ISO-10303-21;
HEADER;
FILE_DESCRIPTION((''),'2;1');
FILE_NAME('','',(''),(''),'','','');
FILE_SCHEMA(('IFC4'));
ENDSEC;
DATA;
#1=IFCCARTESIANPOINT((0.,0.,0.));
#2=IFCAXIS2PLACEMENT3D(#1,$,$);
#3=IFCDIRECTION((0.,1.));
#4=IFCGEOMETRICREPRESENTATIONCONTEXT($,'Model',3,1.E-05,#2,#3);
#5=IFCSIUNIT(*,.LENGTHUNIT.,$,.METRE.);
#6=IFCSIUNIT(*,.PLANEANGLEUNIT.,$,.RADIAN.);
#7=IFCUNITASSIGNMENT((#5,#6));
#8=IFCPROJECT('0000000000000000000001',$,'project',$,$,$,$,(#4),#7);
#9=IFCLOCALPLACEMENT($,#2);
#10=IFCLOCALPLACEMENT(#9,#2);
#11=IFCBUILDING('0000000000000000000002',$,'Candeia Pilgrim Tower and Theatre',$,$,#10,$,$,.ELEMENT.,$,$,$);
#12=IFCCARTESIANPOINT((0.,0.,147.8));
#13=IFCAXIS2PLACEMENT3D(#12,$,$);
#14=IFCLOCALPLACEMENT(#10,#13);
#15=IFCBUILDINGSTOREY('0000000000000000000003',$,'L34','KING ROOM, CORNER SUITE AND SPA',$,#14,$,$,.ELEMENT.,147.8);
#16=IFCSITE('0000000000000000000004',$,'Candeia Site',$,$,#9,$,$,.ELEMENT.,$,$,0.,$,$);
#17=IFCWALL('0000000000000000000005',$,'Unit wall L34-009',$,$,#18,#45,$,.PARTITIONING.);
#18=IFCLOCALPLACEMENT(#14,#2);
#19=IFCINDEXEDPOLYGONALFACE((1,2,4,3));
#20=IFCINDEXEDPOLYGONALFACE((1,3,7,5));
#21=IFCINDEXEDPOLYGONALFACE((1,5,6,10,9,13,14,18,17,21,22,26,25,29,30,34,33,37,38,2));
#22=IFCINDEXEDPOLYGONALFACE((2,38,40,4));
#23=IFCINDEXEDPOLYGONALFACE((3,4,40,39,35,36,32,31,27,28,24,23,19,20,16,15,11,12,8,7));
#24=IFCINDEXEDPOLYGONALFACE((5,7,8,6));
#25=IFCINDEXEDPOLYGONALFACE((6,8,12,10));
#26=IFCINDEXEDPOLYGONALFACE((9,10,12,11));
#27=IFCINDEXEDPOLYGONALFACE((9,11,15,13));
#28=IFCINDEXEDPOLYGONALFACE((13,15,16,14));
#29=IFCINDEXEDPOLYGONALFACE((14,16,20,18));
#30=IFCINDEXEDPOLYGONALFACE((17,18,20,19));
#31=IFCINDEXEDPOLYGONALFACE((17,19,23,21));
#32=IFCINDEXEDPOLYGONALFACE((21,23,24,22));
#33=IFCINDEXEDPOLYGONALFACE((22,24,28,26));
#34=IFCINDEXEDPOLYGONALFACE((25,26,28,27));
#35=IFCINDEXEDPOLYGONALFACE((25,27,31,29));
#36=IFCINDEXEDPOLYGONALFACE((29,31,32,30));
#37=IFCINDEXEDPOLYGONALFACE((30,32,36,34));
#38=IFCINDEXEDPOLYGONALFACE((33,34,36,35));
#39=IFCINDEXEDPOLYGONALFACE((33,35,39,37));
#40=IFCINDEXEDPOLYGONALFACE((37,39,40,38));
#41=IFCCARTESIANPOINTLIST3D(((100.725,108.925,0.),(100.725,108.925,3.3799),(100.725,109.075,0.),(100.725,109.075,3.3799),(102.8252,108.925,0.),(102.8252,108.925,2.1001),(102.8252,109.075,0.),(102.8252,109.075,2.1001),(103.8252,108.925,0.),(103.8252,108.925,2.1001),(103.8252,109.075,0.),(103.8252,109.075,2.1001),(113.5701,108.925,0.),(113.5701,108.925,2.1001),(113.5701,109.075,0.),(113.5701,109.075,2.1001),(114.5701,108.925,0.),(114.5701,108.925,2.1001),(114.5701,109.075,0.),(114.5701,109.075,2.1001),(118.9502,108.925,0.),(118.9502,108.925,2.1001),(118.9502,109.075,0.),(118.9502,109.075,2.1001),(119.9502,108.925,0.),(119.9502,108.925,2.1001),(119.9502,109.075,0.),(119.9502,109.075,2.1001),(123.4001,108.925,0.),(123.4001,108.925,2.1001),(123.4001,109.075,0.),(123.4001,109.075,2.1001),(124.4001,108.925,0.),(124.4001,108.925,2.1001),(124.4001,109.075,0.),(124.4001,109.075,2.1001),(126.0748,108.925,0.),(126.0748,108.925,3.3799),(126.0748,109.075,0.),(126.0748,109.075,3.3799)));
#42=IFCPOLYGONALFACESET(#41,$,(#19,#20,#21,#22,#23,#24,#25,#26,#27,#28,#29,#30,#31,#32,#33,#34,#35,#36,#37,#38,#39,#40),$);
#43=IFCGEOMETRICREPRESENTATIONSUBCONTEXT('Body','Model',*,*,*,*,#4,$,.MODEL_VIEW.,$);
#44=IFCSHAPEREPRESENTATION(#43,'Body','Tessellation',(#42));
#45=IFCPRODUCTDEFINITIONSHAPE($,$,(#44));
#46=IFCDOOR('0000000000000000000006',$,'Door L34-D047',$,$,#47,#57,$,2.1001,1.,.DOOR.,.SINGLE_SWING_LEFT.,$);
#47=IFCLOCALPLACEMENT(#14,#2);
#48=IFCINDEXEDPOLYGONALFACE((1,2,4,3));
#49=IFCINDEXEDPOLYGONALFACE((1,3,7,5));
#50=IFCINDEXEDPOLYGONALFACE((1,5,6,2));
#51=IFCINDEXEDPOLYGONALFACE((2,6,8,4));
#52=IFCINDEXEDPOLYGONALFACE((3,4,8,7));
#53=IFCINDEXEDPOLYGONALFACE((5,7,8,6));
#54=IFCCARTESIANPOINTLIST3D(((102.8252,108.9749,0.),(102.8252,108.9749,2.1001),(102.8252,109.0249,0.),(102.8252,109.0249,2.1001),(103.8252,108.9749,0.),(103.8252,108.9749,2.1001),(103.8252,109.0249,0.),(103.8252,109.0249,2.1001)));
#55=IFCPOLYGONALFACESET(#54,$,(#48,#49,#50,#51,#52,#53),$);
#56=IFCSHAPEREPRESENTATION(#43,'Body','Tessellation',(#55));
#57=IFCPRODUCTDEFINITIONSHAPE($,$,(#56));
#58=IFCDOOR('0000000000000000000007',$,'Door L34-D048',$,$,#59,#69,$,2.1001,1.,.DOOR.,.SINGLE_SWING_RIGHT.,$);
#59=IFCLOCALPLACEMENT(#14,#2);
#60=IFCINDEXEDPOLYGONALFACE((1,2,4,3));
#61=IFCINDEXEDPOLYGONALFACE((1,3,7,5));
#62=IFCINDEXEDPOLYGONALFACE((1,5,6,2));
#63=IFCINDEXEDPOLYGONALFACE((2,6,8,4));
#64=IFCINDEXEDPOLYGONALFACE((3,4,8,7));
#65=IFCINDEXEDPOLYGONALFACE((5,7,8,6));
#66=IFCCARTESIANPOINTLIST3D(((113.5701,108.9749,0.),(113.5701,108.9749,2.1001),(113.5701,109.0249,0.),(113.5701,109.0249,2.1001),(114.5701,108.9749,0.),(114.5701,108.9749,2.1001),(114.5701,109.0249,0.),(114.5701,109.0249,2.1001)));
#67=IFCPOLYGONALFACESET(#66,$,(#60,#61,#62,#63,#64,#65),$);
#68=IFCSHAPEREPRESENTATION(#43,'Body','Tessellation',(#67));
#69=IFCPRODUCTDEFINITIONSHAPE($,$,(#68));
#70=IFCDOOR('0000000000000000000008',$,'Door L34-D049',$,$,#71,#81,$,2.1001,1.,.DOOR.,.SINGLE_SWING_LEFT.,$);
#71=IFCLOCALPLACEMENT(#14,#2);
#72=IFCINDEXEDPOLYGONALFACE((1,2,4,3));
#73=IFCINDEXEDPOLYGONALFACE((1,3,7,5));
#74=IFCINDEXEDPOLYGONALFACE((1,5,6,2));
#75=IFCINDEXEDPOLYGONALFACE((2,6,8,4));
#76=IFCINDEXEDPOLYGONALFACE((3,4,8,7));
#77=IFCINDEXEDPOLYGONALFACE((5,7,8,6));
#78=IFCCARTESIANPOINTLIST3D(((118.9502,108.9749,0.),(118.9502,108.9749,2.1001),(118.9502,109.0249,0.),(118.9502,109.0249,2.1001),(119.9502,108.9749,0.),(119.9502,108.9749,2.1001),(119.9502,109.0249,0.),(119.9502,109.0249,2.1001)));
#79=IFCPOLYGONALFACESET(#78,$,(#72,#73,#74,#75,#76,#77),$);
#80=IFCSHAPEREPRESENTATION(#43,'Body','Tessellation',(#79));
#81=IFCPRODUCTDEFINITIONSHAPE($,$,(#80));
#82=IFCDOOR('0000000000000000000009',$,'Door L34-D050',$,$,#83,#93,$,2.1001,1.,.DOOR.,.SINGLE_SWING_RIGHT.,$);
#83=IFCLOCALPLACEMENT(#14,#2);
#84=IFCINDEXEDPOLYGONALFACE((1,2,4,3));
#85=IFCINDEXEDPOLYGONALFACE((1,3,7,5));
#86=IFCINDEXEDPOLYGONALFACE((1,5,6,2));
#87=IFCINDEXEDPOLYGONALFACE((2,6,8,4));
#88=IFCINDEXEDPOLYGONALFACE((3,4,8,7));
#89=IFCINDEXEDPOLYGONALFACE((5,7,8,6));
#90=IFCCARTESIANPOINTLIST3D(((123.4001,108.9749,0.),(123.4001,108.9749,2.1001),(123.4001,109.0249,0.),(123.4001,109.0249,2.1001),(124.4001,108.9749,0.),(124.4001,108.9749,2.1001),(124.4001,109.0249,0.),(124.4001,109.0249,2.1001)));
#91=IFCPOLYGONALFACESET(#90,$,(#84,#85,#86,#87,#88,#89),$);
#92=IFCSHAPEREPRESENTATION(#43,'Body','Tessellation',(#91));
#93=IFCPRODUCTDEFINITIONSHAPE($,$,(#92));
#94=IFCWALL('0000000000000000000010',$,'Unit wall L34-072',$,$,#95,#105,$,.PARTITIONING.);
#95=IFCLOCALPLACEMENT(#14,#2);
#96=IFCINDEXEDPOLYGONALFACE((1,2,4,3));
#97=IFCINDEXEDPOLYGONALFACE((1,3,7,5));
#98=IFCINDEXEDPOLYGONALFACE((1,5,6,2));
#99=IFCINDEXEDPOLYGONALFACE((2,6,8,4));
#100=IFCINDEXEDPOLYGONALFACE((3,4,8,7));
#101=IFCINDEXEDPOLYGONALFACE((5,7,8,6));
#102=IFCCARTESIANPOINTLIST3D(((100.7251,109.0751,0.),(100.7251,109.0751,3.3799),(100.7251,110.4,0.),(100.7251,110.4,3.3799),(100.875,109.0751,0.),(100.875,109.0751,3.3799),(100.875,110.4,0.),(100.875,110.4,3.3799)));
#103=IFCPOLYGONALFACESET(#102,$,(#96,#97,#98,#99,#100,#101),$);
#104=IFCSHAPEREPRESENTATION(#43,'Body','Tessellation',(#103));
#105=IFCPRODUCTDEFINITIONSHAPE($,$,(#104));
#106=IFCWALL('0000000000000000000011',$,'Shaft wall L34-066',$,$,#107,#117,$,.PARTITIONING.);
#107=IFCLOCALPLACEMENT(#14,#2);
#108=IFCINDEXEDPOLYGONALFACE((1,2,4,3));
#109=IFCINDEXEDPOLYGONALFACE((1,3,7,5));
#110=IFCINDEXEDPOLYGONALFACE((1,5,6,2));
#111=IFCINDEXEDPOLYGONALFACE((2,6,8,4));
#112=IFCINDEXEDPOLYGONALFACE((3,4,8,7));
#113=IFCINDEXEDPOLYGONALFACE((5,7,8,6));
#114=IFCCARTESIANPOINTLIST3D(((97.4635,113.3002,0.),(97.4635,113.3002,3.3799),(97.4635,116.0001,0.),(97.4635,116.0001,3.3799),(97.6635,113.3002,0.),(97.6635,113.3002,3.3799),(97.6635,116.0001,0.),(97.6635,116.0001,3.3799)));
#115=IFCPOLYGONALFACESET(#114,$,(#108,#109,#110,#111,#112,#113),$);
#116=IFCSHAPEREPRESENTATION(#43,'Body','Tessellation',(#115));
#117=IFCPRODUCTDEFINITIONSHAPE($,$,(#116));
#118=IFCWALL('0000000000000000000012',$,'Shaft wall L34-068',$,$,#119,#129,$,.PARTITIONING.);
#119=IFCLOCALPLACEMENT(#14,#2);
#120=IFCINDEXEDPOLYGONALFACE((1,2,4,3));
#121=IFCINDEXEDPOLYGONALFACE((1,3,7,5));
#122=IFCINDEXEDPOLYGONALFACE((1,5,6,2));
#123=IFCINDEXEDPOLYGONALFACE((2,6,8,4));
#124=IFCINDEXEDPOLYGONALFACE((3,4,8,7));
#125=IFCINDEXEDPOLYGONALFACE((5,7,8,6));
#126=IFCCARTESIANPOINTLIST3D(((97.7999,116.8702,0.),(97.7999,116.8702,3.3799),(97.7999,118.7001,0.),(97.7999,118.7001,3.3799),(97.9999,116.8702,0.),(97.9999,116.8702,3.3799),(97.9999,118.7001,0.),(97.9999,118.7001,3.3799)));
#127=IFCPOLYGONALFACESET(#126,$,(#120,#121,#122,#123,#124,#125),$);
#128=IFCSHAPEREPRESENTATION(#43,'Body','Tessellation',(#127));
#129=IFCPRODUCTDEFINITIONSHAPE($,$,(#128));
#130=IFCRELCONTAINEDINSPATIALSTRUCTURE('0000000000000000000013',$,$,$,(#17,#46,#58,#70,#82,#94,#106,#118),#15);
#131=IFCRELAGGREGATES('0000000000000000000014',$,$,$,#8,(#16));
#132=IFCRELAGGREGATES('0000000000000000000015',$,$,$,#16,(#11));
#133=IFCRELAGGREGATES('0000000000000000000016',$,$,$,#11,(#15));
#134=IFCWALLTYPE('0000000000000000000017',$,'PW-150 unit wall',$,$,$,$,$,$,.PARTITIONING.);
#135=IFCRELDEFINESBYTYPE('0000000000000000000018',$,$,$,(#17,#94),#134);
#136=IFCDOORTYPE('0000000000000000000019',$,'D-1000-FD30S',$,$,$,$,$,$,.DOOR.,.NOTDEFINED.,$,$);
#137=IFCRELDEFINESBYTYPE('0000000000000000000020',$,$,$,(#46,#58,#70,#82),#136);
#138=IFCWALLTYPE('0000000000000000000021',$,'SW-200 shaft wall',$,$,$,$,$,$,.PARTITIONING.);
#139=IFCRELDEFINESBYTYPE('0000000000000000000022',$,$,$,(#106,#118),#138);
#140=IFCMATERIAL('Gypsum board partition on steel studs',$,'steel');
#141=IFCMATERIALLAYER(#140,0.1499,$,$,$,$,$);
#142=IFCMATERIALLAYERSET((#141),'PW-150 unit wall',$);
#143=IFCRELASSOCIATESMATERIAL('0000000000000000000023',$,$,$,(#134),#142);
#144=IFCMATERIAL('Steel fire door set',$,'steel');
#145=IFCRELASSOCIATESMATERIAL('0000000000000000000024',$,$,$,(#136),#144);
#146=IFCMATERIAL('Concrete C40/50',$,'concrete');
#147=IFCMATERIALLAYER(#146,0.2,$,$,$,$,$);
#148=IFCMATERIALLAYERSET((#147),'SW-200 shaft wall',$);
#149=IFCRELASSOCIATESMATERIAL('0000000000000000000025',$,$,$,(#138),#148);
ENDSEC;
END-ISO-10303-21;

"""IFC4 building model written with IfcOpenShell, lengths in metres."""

from ifc_helpers import new_model, si_unit, direction, frame, frame_2d, origin, place, context, subcontext, project, spatial, rectangle, extrude, material, layer, layer_set, type_object, element, fill, save


model = new_model("IFC4")

# Units and contexts
model_context = context("Model", 3, precision=1e-05, world=origin(), true_north=direction((0.0, 1.0)))
body_context = subcontext(model_context, "Body", "Model", "MODEL_VIEW")
ifc_project = project(units=[si_unit("LENGTHUNIT", "METRE"), si_unit("PLANEANGLEUNIT", "RADIAN")], contexts=[model_context])

# Site, building, storey
site_placement = place(None, origin())
site = spatial("IfcSite", under=ifc_project, at=site_placement, Name="Candeia Site", CompositionType="ELEMENT", RefElevation=0.0)
building_placement = place(site_placement, origin())
building = spatial("IfcBuilding", under=site, at=building_placement, Name="Candeia Pilgrim Tower and Theatre", CompositionType="ELEMENT")
storey_placement = place(building_placement, frame((0.0, 0.0, 147.8)))
storey = spatial("IfcBuildingStorey", under=building, at=storey_placement, Name="L34", Description="KING ROOM, CORNER SUITE AND SPA", CompositionType="ELEMENT", Elevation=147.8)

# Shared definitions
ifc_material_1 = material(Name="Steel fire door set", Category="steel")

# Shared definitions
ifc_material_2 = material(Name="Gypsum board partition on steel studs", Category="steel")

# Wall, openings, doors
ifc_layer_1 = layer(ifc_material_2, 0.1499)
ifc_layer_set_1 = layer_set([ifc_layer_1], Name="PW-150 unit wall")
wall_type_1 = type_object("IfcWallType", Name="PW-150 unit wall", PredefinedType="PARTITIONING", material=ifc_layer_set_1)
wall_1_placement = place(storey_placement, frame((100.7251, 109.0, 0.0), z_axis=(0.0, 0.0, 1.0), x_axis=(1.0, 0.0, 0.0)))
wall_1 = element("IfcWall", 1, at=wall_1_placement, inside=storey, type_object=wall_type_1, Name="Unit wall L34-009", PredefinedType="PARTITIONING", context=body_context, shape_type="SweptSolid", body=[
    extrude(rectangle(XDim=25.3499, YDim=0.1499, at=frame_2d((12.6748, 0.0))), origin(), (0.0, 0.0, 1.0), 3.3799),
])
opening_1_placement = place(wall_1_placement, frame((2.1001, 0.0, 0.0)))
opening_1 = element("IfcOpeningElement", 2, at=opening_1_placement, cuts=wall_1, PredefinedType="OPENING", context=body_context, shape_type="SweptSolid", body=[
    extrude(rectangle(XDim=1.0, YDim=2.1001, at=frame_2d((0.5, 1.05))), frame((0.0, 0.085, 0.0), z_axis=(0.0, -1.0, 0.0), x_axis=(1.0, 0.0, 0.0)), (0.0, 0.0, 1.0), 0.1699),
])
opening_2_placement = place(wall_1_placement, frame((12.845, 0.0, 0.0)))
opening_2 = element("IfcOpeningElement", 3, at=opening_2_placement, cuts=wall_1, PredefinedType="OPENING", context=body_context, shape_type="SweptSolid", body=[
    extrude(rectangle(XDim=1.0, YDim=2.1001, at=frame_2d((0.5, 1.05))), frame((0.0, 0.085, 0.0), z_axis=(0.0, -1.0, 0.0), x_axis=(1.0, 0.0, 0.0)), (0.0, 0.0, 1.0), 0.1699),
])
opening_3_placement = place(wall_1_placement, frame((18.2251, 0.0, 0.0)))
opening_3 = element("IfcOpeningElement", 4, at=opening_3_placement, cuts=wall_1, PredefinedType="OPENING", context=body_context, shape_type="SweptSolid", body=[
    extrude(rectangle(XDim=1.0, YDim=2.1001, at=frame_2d((0.5, 1.05))), frame((0.0, 0.085, 0.0), z_axis=(0.0, -1.0, 0.0), x_axis=(1.0, 0.0, 0.0)), (0.0, 0.0, 1.0), 0.1699),
])
opening_4_placement = place(wall_1_placement, frame((22.675, 0.0, 0.0)))
opening_4 = element("IfcOpeningElement", 5, at=opening_4_placement, cuts=wall_1, PredefinedType="OPENING", context=body_context, shape_type="SweptSolid", body=[
    extrude(rectangle(XDim=1.0, YDim=2.1001, at=frame_2d((0.5, 1.05))), frame((0.0, 0.085, 0.0), z_axis=(0.0, -1.0, 0.0), x_axis=(1.0, 0.0, 0.0)), (0.0, 0.0, 1.0), 0.1699),
])
door_type_1 = type_object("IfcDoorType", Name="D-1000-FD30S", OperationType="NOTDEFINED", PredefinedType="DOOR", material=ifc_material_1)
door_1_placement = place(opening_1_placement, origin())
door_1 = element("IfcDoor", 6, at=door_1_placement, inside=storey, type_object=door_type_1, Name="Door L34-D047", OperationType="SINGLE_SWING_LEFT", OverallHeight=2.1001, OverallWidth=1.0, PredefinedType="DOOR", context=body_context, shape_type="SweptSolid", body=[
    extrude(rectangle(XDim=1.0, YDim=2.1001, at=frame_2d((0.5, 1.05))), frame((0.0, 0.0249, 0.0), z_axis=(0.0, -1.0, 0.0), x_axis=(1.0, 0.0, 0.0)), (0.0, 0.0, 1.0), 0.05),
])
fill(opening_1, door_1)
door_2_placement = place(opening_2_placement, origin())
door_2 = element("IfcDoor", 7, at=door_2_placement, inside=storey, type_object=door_type_1, Name="Door L34-D048", OperationType="SINGLE_SWING_RIGHT", OverallHeight=2.1001, OverallWidth=1.0, PredefinedType="DOOR", context=body_context, shape_type="SweptSolid", body=[
    extrude(rectangle(XDim=1.0, YDim=2.1001, at=frame_2d((0.5, 1.05))), frame((0.0, 0.0249, 0.0), z_axis=(0.0, -1.0, 0.0), x_axis=(1.0, 0.0, 0.0)), (0.0, 0.0, 1.0), 0.05),
])
fill(opening_2, door_2)
door_3_placement = place(opening_3_placement, origin())
door_3 = element("IfcDoor", 8, at=door_3_placement, inside=storey, type_object=door_type_1, Name="Door L34-D049", OperationType="SINGLE_SWING_LEFT", OverallHeight=2.1001, OverallWidth=1.0, PredefinedType="DOOR", context=body_context, shape_type="SweptSolid", body=[
    extrude(rectangle(XDim=1.0, YDim=2.1001, at=frame_2d((0.5, 1.05))), frame((0.0, 0.0249, 0.0), z_axis=(0.0, -1.0, 0.0), x_axis=(1.0, 0.0, 0.0)), (0.0, 0.0, 1.0), 0.05),
])
fill(opening_3, door_3)
door_4_placement = place(opening_4_placement, origin())
door_4 = element("IfcDoor", 9, at=door_4_placement, inside=storey, type_object=door_type_1, Name="Door L34-D050", OperationType="SINGLE_SWING_RIGHT", OverallHeight=2.1001, OverallWidth=1.0, PredefinedType="DOOR", context=body_context, shape_type="SweptSolid", body=[
    extrude(rectangle(XDim=1.0, YDim=2.1001, at=frame_2d((0.5, 1.05))), frame((0.0, 0.0249, 0.0), z_axis=(0.0, -1.0, 0.0), x_axis=(1.0, 0.0, 0.0)), (0.0, 0.0, 1.0), 0.05),
])
fill(opening_4, door_4)

# Walls
wall_2_placement = place(storey_placement, frame((100.8, 109.075, 0.0), z_axis=(0.0, 0.0, 1.0), x_axis=(0.0, 1.0, 0.0)))
element("IfcWall", 10, at=wall_2_placement, inside=storey, type_object=wall_type_1, Name="Unit wall L34-072", PredefinedType="PARTITIONING", context=body_context, shape_type="SweptSolid", body=[
    extrude(rectangle(XDim=1.325, YDim=0.1499, at=frame_2d((0.6626, 0.0))), origin(), (0.0, 0.0, 1.0), 3.3799),
])
ifc_material_3 = material(Name="Concrete C40/50", Category="concrete")
ifc_layer_2 = layer(ifc_material_3, 0.2)
ifc_layer_set_2 = layer_set([ifc_layer_2], Name="SW-200 shaft wall")
wall_type_2 = type_object("IfcWallType", Name="SW-200 shaft wall", PredefinedType="PARTITIONING", material=ifc_layer_set_2)
wall_3_placement = place(storey_placement, frame((97.5635, 113.3, 0.0), z_axis=(0.0, 0.0, 1.0), x_axis=(0.0, 1.0, 0.0)))
element("IfcWall", 11, at=wall_3_placement, inside=storey, type_object=wall_type_2, Name="Shaft wall L34-066", PredefinedType="PARTITIONING", context=body_context, shape_type="SweptSolid", body=[
    extrude(rectangle(XDim=2.7, YDim=0.2, at=frame_2d((1.3501, 0.0))), origin(), (0.0, 0.0, 1.0), 3.3799),
])
wall_4_placement = place(storey_placement, frame((97.8999, 116.8701, 0.0), z_axis=(0.0, 0.0, 1.0), x_axis=(0.0, 1.0, 0.0)))
element("IfcWall", 12, at=wall_4_placement, inside=storey, type_object=wall_type_2, Name="Shaft wall L34-068", PredefinedType="PARTITIONING", context=body_context, shape_type="SweptSolid", body=[
    extrude(rectangle(XDim=1.8298, YDim=0.2, at=frame_2d((0.915, 0.0))), origin(), (0.0, 0.0, 1.0), 3.3799),
])

save(model, "model.ifc")
